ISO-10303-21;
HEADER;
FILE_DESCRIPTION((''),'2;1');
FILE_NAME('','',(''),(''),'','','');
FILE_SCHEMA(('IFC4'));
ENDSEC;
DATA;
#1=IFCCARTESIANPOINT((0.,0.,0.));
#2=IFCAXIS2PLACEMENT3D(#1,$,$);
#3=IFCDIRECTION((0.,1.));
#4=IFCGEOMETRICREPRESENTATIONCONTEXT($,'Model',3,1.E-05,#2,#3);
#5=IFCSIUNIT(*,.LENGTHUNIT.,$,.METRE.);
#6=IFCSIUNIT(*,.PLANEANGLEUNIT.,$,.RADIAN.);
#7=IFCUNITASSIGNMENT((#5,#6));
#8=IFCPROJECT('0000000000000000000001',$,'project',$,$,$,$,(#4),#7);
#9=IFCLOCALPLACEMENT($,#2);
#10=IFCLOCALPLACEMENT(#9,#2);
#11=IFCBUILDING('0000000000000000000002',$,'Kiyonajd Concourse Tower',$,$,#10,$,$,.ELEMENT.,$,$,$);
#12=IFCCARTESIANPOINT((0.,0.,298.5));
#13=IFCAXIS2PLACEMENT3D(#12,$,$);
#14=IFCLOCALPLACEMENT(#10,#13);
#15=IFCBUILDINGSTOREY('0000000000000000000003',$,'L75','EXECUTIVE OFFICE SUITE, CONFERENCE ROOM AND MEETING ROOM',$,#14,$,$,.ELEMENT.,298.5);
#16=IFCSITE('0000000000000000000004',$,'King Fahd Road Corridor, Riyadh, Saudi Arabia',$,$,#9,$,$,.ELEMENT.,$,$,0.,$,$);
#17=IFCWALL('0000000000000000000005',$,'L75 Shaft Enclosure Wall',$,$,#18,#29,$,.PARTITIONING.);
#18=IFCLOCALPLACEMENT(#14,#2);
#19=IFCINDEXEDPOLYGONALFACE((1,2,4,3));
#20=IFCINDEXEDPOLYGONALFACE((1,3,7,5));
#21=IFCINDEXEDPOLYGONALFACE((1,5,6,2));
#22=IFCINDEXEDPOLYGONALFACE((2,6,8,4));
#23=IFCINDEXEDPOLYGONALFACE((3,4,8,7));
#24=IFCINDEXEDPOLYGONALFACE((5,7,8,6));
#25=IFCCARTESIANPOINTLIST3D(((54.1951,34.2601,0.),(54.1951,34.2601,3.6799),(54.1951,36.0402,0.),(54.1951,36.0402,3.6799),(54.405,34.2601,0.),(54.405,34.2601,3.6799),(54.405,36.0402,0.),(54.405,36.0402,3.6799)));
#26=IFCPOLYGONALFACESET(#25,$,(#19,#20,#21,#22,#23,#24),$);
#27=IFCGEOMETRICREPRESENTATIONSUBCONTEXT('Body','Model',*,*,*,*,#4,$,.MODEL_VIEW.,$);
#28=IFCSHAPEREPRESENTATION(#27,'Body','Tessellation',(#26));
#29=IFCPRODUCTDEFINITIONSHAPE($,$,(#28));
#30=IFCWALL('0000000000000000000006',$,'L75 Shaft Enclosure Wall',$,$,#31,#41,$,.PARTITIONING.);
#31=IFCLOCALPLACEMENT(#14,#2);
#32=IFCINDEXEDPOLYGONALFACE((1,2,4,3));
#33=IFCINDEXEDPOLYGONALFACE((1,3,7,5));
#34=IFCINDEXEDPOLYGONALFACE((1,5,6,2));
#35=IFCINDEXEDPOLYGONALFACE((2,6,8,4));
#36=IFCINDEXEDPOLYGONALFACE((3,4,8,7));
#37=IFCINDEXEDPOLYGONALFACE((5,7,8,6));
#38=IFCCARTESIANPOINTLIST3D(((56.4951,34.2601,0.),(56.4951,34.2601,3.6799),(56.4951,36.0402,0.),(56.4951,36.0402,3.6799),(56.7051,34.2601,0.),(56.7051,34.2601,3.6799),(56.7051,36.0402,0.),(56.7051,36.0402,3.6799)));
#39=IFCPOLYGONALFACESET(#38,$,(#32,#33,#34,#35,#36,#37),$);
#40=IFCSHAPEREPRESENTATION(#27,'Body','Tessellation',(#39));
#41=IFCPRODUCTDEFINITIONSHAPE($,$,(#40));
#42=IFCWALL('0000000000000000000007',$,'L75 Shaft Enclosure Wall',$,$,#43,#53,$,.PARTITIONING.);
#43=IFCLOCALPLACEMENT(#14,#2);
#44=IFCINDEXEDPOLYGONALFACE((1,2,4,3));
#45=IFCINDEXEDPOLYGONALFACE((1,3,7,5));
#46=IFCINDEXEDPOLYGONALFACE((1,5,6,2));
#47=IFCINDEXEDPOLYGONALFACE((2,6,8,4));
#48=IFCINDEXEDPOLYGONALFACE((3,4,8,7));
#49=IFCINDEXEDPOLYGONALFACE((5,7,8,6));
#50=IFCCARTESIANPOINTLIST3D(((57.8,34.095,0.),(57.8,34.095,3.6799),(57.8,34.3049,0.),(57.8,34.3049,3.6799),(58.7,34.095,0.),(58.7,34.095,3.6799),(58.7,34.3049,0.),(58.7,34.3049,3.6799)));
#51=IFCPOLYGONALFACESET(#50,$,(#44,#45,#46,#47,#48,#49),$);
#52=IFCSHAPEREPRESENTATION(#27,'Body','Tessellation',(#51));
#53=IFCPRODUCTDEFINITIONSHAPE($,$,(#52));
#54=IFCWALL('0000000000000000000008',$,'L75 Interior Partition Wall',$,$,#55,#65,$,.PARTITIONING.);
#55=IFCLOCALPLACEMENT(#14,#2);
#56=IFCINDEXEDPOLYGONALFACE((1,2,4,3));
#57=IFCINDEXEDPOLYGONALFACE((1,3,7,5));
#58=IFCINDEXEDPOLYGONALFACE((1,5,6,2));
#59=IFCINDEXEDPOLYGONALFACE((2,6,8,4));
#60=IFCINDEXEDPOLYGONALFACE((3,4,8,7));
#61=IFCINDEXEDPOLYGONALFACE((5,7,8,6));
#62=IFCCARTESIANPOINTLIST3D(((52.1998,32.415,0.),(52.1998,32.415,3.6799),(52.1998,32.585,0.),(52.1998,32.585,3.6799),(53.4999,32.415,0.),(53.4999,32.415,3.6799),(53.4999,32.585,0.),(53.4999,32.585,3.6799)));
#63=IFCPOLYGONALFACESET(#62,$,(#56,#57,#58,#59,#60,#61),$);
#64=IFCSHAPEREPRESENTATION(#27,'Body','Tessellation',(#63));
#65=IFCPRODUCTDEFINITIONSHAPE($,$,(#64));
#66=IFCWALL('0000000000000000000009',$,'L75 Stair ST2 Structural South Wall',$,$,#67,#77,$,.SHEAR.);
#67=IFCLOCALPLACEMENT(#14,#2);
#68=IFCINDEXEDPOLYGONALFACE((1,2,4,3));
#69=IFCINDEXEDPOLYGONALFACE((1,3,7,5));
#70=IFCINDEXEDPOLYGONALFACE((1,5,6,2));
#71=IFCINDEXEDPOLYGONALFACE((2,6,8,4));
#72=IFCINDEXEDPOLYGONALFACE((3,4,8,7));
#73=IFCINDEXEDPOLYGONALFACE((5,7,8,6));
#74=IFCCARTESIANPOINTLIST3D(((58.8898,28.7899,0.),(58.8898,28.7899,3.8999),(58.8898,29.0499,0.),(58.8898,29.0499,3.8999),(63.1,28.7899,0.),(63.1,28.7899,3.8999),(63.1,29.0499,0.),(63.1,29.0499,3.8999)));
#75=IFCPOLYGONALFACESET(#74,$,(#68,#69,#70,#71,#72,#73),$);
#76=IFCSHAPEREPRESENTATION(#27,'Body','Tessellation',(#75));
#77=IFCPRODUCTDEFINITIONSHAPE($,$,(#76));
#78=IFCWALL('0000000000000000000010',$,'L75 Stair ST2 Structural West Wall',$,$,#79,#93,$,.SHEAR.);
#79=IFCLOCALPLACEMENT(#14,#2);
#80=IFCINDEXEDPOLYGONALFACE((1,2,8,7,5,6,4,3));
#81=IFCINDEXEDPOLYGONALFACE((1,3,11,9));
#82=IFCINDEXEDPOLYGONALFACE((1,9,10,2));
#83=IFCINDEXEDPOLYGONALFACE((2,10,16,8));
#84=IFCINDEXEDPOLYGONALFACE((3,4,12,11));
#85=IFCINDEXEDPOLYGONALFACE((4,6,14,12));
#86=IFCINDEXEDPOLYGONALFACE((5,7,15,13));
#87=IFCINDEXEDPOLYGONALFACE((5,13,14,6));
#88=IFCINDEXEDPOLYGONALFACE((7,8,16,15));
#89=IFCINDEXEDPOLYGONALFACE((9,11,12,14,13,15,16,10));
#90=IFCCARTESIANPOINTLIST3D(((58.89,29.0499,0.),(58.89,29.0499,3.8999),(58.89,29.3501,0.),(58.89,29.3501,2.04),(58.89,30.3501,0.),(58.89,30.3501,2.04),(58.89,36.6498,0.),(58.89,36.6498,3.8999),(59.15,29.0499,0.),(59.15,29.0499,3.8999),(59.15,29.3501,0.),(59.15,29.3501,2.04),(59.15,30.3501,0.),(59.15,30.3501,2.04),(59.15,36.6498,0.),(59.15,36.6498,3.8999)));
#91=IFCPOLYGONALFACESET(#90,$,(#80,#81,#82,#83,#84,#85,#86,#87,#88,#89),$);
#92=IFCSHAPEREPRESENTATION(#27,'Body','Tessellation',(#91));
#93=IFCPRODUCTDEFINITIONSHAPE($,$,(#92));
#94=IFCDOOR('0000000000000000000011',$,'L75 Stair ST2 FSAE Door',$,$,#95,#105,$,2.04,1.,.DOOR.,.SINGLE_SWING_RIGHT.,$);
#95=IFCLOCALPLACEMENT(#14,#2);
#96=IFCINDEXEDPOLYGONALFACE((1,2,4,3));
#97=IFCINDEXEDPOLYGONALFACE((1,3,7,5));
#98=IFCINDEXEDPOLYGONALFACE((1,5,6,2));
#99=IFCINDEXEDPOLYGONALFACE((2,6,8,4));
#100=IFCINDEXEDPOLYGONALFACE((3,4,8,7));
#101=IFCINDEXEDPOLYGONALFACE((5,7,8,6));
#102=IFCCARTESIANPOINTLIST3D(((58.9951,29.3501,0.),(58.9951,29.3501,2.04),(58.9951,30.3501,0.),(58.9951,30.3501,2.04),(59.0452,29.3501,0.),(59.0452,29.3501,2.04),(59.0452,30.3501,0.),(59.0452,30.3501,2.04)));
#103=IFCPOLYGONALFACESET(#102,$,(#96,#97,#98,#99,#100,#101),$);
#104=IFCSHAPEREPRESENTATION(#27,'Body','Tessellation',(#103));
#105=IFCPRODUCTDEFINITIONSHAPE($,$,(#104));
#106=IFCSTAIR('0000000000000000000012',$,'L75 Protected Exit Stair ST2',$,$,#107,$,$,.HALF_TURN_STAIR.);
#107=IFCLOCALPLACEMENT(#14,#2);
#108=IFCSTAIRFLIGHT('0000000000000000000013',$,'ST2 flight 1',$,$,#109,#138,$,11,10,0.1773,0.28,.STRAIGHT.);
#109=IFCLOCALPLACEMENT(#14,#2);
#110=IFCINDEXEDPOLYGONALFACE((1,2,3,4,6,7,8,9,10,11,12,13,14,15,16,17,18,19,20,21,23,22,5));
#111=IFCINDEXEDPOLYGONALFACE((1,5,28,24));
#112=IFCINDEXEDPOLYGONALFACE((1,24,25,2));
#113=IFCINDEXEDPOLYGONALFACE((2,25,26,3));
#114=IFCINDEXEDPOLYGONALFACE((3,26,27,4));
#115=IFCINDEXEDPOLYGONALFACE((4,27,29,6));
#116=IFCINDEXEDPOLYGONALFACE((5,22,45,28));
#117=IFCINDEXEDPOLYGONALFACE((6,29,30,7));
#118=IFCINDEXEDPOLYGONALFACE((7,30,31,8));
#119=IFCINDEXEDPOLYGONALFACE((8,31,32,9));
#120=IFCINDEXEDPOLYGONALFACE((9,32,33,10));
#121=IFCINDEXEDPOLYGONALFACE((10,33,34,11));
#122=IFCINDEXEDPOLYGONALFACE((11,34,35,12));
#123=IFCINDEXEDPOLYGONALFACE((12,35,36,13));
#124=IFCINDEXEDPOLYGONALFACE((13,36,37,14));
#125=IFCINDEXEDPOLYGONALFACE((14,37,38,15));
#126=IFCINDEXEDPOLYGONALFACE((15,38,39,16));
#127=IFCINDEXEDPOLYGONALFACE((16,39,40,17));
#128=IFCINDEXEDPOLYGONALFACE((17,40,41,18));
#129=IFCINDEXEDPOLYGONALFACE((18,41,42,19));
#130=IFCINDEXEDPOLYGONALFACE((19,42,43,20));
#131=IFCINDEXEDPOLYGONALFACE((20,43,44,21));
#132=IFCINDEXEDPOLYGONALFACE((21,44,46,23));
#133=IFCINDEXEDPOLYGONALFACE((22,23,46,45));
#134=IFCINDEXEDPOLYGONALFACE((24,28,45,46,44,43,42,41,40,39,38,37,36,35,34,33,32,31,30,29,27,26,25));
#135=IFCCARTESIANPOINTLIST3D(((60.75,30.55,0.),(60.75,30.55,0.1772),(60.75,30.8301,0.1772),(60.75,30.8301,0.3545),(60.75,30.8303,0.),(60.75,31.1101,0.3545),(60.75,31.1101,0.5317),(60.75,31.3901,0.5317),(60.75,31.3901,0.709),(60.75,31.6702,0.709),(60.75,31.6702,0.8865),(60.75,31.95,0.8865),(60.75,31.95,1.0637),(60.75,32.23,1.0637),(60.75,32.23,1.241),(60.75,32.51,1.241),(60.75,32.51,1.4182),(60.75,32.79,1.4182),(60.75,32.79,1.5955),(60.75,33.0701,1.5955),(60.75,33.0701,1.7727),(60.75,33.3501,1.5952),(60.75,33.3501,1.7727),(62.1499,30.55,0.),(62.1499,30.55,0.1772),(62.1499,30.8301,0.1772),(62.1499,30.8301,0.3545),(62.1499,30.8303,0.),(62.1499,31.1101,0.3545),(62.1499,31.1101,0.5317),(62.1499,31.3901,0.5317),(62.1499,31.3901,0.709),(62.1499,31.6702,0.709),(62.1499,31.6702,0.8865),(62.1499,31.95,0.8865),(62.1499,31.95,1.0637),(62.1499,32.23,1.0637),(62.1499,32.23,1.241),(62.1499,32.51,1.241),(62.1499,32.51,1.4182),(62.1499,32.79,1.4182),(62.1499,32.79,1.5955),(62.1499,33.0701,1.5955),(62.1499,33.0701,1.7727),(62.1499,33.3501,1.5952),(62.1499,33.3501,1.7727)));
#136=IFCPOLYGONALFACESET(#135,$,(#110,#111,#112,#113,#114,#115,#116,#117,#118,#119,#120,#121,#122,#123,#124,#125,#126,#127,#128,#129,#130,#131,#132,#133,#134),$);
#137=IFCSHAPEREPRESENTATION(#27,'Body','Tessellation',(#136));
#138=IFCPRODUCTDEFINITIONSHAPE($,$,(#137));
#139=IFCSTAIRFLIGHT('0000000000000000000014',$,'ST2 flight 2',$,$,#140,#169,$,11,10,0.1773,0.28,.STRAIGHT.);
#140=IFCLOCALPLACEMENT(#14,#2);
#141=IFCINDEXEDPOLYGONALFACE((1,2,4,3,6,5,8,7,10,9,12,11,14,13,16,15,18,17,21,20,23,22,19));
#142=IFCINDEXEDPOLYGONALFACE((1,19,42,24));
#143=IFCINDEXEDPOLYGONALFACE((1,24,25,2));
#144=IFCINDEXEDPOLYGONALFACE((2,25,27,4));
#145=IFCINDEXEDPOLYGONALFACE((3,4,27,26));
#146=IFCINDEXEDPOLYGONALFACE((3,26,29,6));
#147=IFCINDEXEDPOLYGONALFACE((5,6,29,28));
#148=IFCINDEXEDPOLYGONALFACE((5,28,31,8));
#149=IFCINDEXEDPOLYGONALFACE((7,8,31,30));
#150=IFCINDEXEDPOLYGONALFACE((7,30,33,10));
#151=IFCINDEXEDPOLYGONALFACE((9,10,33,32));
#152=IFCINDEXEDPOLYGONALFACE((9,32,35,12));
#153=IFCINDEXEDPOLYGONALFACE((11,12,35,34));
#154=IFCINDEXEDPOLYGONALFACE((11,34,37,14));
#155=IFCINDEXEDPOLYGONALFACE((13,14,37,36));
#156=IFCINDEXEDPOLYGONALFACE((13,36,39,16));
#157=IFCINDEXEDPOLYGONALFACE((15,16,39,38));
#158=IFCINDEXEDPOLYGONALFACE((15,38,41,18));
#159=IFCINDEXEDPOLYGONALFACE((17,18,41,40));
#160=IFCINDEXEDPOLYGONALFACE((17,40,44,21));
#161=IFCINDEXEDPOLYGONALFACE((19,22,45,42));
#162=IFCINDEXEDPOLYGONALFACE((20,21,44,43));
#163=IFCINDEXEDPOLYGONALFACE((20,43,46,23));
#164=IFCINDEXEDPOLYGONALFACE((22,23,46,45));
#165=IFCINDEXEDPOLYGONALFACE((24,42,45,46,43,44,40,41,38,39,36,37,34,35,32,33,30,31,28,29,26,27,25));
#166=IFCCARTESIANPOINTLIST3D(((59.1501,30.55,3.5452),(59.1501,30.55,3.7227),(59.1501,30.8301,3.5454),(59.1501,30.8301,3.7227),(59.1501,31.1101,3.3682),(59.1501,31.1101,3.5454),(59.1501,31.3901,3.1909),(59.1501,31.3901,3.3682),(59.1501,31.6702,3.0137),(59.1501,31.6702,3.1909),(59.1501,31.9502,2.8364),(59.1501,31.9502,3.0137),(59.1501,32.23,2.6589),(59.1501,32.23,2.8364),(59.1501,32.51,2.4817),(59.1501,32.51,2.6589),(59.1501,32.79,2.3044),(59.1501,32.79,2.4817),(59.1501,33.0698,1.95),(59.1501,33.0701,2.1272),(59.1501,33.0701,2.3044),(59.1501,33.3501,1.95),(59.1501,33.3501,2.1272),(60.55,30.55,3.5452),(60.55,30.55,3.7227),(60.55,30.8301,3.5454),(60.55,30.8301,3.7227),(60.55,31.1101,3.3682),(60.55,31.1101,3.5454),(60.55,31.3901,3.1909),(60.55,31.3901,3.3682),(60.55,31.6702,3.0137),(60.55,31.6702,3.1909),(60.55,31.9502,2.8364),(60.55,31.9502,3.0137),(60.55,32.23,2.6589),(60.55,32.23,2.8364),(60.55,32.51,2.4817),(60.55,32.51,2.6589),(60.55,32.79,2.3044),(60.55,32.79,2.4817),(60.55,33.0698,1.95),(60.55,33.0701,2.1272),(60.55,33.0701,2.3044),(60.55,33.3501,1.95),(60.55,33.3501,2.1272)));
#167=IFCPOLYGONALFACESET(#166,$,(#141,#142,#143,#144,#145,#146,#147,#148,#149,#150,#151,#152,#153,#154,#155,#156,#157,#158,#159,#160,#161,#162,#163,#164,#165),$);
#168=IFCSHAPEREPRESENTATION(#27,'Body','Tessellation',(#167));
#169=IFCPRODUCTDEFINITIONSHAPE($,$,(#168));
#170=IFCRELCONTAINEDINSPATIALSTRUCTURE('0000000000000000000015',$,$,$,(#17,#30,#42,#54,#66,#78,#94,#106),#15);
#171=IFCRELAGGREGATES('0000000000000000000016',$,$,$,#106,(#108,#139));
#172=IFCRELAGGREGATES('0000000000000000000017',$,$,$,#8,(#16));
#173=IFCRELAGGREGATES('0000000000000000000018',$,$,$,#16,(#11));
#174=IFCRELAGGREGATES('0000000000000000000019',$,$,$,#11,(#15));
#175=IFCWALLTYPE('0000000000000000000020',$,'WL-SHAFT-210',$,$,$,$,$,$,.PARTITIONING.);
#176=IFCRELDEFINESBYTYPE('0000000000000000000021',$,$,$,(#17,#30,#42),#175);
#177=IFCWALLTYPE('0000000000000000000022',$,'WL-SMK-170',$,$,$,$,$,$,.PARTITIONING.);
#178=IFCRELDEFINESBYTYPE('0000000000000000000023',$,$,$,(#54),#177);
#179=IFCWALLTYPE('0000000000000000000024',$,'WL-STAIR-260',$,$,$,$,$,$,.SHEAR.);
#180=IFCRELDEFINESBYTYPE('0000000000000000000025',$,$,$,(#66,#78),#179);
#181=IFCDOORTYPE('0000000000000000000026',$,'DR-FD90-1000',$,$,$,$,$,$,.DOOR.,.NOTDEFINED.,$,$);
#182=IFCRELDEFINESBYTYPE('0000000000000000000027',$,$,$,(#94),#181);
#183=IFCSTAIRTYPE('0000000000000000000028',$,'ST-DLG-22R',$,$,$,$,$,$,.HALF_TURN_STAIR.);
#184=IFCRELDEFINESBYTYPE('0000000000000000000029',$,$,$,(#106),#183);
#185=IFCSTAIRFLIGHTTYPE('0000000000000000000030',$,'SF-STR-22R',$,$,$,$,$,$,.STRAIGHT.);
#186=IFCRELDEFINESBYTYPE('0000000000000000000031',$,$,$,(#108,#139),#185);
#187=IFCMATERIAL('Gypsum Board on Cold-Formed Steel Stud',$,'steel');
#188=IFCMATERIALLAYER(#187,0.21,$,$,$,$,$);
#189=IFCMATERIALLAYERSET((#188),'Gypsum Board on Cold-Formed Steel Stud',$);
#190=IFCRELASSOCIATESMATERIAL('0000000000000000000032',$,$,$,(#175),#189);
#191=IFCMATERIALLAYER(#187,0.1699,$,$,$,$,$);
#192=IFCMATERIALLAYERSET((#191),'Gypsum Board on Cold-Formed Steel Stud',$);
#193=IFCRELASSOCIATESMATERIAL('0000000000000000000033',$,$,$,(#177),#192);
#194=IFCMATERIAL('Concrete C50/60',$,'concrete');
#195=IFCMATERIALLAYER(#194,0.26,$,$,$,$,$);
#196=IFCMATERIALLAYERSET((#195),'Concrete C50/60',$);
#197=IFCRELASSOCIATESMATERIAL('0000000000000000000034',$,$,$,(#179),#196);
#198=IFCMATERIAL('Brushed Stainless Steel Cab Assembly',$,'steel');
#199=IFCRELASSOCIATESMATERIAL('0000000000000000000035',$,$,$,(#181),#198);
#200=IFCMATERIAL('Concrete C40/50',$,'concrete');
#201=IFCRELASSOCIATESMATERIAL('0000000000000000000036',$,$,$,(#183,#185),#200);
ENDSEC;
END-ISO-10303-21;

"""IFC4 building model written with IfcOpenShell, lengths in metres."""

from ifc_helpers import new_model, si_unit, direction, frame, frame_2d, origin, place, context, subcontext, project, spatial, polyline, rectangle, outline, extrude, material, layer, layer_set, type_object, element, fill, aggregate, save


model = new_model("IFC4")

# Units and contexts
model_context = context("Model", 3, precision=1e-05, world=origin(), true_north=direction((0.0, 1.0)))
body_context = subcontext(model_context, "Body", "Model", "MODEL_VIEW")
ifc_project = project(units=[si_unit("LENGTHUNIT", "METRE"), si_unit("PLANEANGLEUNIT", "RADIAN")], contexts=[model_context])

# Site, building, storey
site_placement = place(None, origin())
site = spatial("IfcSite", under=ifc_project, at=site_placement, Name="King Fahd Road Corridor, Riyadh, Saudi Arabia", CompositionType="ELEMENT", RefElevation=0.0)
building_placement = place(site_placement, origin())
building = spatial("IfcBuilding", under=site, at=building_placement, Name="Kiyonajd Concourse Tower", CompositionType="ELEMENT")
storey_placement = place(building_placement, frame((0.0, 0.0, 298.5)))
storey = spatial("IfcBuildingStorey", under=building, at=storey_placement, Name="L75", Description="EXECUTIVE OFFICE SUITE, CONFERENCE ROOM AND MEETING ROOM", CompositionType="ELEMENT", Elevation=298.5)

# Shared definitions
ifc_material_1 = material(Name="Concrete C50/60", Category="concrete")

# Shared definitions
ifc_material_2 = material(Name="Brushed Stainless Steel Cab Assembly", Category="steel")
ifc_material_3 = material(Name="Gypsum Board on Cold-Formed Steel Stud", Category="steel")
ifc_layer_1 = layer(ifc_material_3, 0.21)
ifc_layer_set_1 = layer_set([ifc_layer_1], Name="Gypsum Board on Cold-Formed Steel Stud")
wall_type_1 = type_object("IfcWallType", Name="WL-SHAFT-210", PredefinedType="PARTITIONING", material=ifc_layer_set_1)

# Walls
for number, where, z_axis, x_axis, name in (
    (1, (54.3, 34.26, 0.0), (0.0, 0.0, 1.0), (0.0, 1.0, 0.0), "L75 Shaft Enclosure Wall"),
    (2, (56.6001, 34.26, 0.0), (0.0, 0.0, 1.0), (0.0, 1.0, 0.0), "L75 Shaft Enclosure Wall"),
):
    element("IfcWall", number, at=place(storey_placement, frame(where, z_axis=z_axis, x_axis=x_axis)), inside=storey, type_object=wall_type_1, Name=name, PredefinedType="PARTITIONING", context=body_context, shape_type="SweptSolid", body=[
        extrude(rectangle(XDim=1.78, YDim=0.21, at=frame_2d((0.8901, 0.0))), origin(), (0.0, 0.0, 1.0), 3.6799),
    ])
wall_1_placement = place(storey_placement, frame((57.8, 34.2, 0.0), z_axis=(0.0, 0.0, 1.0), x_axis=(1.0, 0.0, 0.0)))
element("IfcWall", 3, at=wall_1_placement, inside=storey, type_object=wall_type_1, Name="L75 Shaft Enclosure Wall", PredefinedType="PARTITIONING", context=body_context, shape_type="SweptSolid", body=[
    extrude(rectangle(XDim=0.8999, YDim=0.21, at=frame_2d((0.45, 0.0))), origin(), (0.0, 0.0, 1.0), 3.6799),
])
ifc_layer_2 = layer(ifc_material_3, 0.1699)
ifc_layer_set_2 = layer_set([ifc_layer_2], Name="Gypsum Board on Cold-Formed Steel Stud")
wall_type_2 = type_object("IfcWallType", Name="WL-SMK-170", PredefinedType="PARTITIONING", material=ifc_layer_set_2)
wall_2_placement = place(storey_placement, frame((52.2, 32.5, 0.0), z_axis=(0.0, 0.0, 1.0), x_axis=(1.0, 0.0, 0.0)))
element("IfcWall", 4, at=wall_2_placement, inside=storey, type_object=wall_type_2, Name="L75 Interior Partition Wall", PredefinedType="PARTITIONING", context=body_context, shape_type="SweptSolid", body=[
    extrude(rectangle(XDim=1.3, YDim=0.1699, at=frame_2d((0.6499, 0.0))), origin(), (0.0, 0.0, 1.0), 3.6799),
])
ifc_layer_3 = layer(ifc_material_1, 0.26)
ifc_layer_set_3 = layer_set([ifc_layer_3], Name="Concrete C50/60")
wall_type_3 = type_object("IfcWallType", Name="WL-STAIR-260", PredefinedType="SHEAR", material=ifc_layer_set_3)
wall_3_placement = place(storey_placement, frame((58.8899, 28.9199, 0.0), z_axis=(0.0, 0.0, 1.0), x_axis=(1.0, 0.0, 0.0)))
element("IfcWall", 5, at=wall_3_placement, inside=storey, type_object=wall_type_3, Name="L75 Stair ST2 Structural South Wall", PredefinedType="SHEAR", context=body_context, shape_type="SweptSolid", body=[
    extrude(rectangle(XDim=4.2102, YDim=0.26, at=frame_2d((2.105, 0.0))), origin(), (0.0, 0.0, 1.0), 3.8999),
])

# Wall, opening, door
wall_4_placement = place(storey_placement, frame((59.02, 29.05, 0.0), z_axis=(0.0, 0.0, 1.0), x_axis=(0.0, 1.0, 0.0)))
wall_4 = element("IfcWall", 6, at=wall_4_placement, inside=storey, type_object=wall_type_3, Name="L75 Stair ST2 Structural West Wall", PredefinedType="SHEAR", context=body_context, shape_type="SweptSolid", body=[
    extrude(rectangle(XDim=7.5999, YDim=0.26, at=frame_2d((3.7998, 0.0))), origin(), (0.0, 0.0, 1.0), 3.8999),
])
opening_1_placement = place(wall_4_placement, frame((0.3, 0.0, 0.0)))
opening_1 = element("IfcOpeningElement", 7, at=opening_1_placement, cuts=wall_4, PredefinedType="OPENING", context=body_context, shape_type="SweptSolid", body=[
    extrude(rectangle(XDim=1.0, YDim=2.04, at=frame_2d((0.5, 1.02))), frame((0.0, 0.1399, 0.0), z_axis=(0.0, -1.0, 0.0), x_axis=(1.0, 0.0, 0.0)), (0.0, 0.0, 1.0), 0.28),
])
door_type_1 = type_object("IfcDoorType", Name="DR-FD90-1000", OperationType="NOTDEFINED", PredefinedType="DOOR", material=ifc_material_2)
door_1_placement = place(opening_1_placement, origin())
door_1 = element("IfcDoor", 8, at=door_1_placement, inside=storey, type_object=door_type_1, Name="L75 Stair ST2 FSAE Door", OperationType="SINGLE_SWING_RIGHT", OverallHeight=2.04, OverallWidth=1.0, PredefinedType="DOOR", context=body_context, shape_type="SweptSolid", body=[
    extrude(rectangle(XDim=1.0, YDim=2.04, at=frame_2d((0.5, 1.02))), frame((0.0, 0.0249, 0.0), z_axis=(0.0, -1.0, 0.0), x_axis=(1.0, 0.0, 0.0)), (0.0, 0.0, 1.0), 0.05),
])
fill(opening_1, door_1)

# Stair, stair flights
ifc_material_4 = material(Name="Concrete C40/50", Category="concrete")
stair_type = type_object("IfcStairType", Name="ST-DLG-22R", PredefinedType="HALF_TURN_STAIR", material=ifc_material_4)
stair_placement = place(storey_placement, origin())
stair = element("IfcStair", 9, at=stair_placement, inside=storey, type_object=stair_type, Name="L75 Protected Exit Stair ST2", PredefinedType="HALF_TURN_STAIR")
stair_flight_type = type_object("IfcStairFlightType", Name="SF-STR-22R", PredefinedType="STRAIGHT", material=ifc_material_4)
stair_flight_1_placement = place(storey_placement, frame((61.45, 30.55, 0.0), z_axis=(0.0, 0.0, 1.0), x_axis=(0.0, 1.0, 0.0)))
stair_flight_1 = element("IfcStairFlight", 10, at=stair_flight_1_placement, type_object=stair_flight_type, Name="ST2 flight 1", NumberOfRisers=11, NumberOfTreads=10, PredefinedType="STRAIGHT", RiserHeight=0.1773, TreadLength=0.28, context=body_context, shape_type="SweptSolid", body=[
    extrude(outline(polyline([(0.0, 0.0), (0.0, 0.1772), (0.28, 0.1772), (0.28, 0.3545), (0.5601, 0.3545), (0.5601, 0.5317), (0.8401, 0.5317), (0.8401, 0.709), (1.1201, 0.709), (1.1201, 0.8865), (1.3999, 0.8865), (1.3999, 1.0637), (1.6799, 1.0637), (1.6799, 1.241), (1.96, 1.241), (1.96, 1.4182), (2.24, 1.4182), (2.24, 1.5955), (2.52, 1.5955), (2.52, 1.7727), (2.8, 1.7727), (2.8, 1.95), (2.8, 1.5952), (0.2803, 0.0), (0.0, 0.0)])), frame((0.0, 0.7, 0.0), z_axis=(0.0, -1.0, 0.0), x_axis=(1.0, 0.0, 0.0)), (0.0, 0.0, 1.0), 1.3999),
])
stair_flight_2_placement = place(storey_placement, frame((59.8501, 33.3501, 1.95), z_axis=(0.0, 0.0, 1.0), x_axis=(0.0, -1.0, 0.0)))
stair_flight_2 = element("IfcStairFlight", 11, at=stair_flight_2_placement, type_object=stair_flight_type, Name="ST2 flight 2", NumberOfRisers=11, NumberOfTreads=10, PredefinedType="STRAIGHT", RiserHeight=0.1773, TreadLength=0.28, context=body_context, shape_type="SweptSolid", body=[
    extrude(outline(polyline([(0.0, 0.0), (0.0, 0.1772), (0.28, 0.1772), (0.28, 0.3545), (0.5601, 0.3545), (0.5601, 0.5317), (0.8401, 0.5317), (0.8401, 0.709), (1.1201, 0.709), (1.1201, 0.8865), (1.3999, 0.8865), (1.3999, 1.0637), (1.6799, 1.0637), (1.6799, 1.241), (1.96, 1.241), (1.96, 1.4182), (2.24, 1.4182), (2.24, 1.5955), (2.52, 1.5955), (2.52, 1.7727), (2.8, 1.7727), (2.8, 1.95), (2.8, 1.5952), (0.2803, 0.0), (0.0, 0.0)])), frame((0.0, 0.7, 0.0), z_axis=(0.0, -1.0, 0.0), x_axis=(1.0, 0.0, 0.0)), (0.0, 0.0, 1.0), 1.3999),
])
aggregate(stair, [stair_flight_1, stair_flight_2])

save(model, "model.ifc")
